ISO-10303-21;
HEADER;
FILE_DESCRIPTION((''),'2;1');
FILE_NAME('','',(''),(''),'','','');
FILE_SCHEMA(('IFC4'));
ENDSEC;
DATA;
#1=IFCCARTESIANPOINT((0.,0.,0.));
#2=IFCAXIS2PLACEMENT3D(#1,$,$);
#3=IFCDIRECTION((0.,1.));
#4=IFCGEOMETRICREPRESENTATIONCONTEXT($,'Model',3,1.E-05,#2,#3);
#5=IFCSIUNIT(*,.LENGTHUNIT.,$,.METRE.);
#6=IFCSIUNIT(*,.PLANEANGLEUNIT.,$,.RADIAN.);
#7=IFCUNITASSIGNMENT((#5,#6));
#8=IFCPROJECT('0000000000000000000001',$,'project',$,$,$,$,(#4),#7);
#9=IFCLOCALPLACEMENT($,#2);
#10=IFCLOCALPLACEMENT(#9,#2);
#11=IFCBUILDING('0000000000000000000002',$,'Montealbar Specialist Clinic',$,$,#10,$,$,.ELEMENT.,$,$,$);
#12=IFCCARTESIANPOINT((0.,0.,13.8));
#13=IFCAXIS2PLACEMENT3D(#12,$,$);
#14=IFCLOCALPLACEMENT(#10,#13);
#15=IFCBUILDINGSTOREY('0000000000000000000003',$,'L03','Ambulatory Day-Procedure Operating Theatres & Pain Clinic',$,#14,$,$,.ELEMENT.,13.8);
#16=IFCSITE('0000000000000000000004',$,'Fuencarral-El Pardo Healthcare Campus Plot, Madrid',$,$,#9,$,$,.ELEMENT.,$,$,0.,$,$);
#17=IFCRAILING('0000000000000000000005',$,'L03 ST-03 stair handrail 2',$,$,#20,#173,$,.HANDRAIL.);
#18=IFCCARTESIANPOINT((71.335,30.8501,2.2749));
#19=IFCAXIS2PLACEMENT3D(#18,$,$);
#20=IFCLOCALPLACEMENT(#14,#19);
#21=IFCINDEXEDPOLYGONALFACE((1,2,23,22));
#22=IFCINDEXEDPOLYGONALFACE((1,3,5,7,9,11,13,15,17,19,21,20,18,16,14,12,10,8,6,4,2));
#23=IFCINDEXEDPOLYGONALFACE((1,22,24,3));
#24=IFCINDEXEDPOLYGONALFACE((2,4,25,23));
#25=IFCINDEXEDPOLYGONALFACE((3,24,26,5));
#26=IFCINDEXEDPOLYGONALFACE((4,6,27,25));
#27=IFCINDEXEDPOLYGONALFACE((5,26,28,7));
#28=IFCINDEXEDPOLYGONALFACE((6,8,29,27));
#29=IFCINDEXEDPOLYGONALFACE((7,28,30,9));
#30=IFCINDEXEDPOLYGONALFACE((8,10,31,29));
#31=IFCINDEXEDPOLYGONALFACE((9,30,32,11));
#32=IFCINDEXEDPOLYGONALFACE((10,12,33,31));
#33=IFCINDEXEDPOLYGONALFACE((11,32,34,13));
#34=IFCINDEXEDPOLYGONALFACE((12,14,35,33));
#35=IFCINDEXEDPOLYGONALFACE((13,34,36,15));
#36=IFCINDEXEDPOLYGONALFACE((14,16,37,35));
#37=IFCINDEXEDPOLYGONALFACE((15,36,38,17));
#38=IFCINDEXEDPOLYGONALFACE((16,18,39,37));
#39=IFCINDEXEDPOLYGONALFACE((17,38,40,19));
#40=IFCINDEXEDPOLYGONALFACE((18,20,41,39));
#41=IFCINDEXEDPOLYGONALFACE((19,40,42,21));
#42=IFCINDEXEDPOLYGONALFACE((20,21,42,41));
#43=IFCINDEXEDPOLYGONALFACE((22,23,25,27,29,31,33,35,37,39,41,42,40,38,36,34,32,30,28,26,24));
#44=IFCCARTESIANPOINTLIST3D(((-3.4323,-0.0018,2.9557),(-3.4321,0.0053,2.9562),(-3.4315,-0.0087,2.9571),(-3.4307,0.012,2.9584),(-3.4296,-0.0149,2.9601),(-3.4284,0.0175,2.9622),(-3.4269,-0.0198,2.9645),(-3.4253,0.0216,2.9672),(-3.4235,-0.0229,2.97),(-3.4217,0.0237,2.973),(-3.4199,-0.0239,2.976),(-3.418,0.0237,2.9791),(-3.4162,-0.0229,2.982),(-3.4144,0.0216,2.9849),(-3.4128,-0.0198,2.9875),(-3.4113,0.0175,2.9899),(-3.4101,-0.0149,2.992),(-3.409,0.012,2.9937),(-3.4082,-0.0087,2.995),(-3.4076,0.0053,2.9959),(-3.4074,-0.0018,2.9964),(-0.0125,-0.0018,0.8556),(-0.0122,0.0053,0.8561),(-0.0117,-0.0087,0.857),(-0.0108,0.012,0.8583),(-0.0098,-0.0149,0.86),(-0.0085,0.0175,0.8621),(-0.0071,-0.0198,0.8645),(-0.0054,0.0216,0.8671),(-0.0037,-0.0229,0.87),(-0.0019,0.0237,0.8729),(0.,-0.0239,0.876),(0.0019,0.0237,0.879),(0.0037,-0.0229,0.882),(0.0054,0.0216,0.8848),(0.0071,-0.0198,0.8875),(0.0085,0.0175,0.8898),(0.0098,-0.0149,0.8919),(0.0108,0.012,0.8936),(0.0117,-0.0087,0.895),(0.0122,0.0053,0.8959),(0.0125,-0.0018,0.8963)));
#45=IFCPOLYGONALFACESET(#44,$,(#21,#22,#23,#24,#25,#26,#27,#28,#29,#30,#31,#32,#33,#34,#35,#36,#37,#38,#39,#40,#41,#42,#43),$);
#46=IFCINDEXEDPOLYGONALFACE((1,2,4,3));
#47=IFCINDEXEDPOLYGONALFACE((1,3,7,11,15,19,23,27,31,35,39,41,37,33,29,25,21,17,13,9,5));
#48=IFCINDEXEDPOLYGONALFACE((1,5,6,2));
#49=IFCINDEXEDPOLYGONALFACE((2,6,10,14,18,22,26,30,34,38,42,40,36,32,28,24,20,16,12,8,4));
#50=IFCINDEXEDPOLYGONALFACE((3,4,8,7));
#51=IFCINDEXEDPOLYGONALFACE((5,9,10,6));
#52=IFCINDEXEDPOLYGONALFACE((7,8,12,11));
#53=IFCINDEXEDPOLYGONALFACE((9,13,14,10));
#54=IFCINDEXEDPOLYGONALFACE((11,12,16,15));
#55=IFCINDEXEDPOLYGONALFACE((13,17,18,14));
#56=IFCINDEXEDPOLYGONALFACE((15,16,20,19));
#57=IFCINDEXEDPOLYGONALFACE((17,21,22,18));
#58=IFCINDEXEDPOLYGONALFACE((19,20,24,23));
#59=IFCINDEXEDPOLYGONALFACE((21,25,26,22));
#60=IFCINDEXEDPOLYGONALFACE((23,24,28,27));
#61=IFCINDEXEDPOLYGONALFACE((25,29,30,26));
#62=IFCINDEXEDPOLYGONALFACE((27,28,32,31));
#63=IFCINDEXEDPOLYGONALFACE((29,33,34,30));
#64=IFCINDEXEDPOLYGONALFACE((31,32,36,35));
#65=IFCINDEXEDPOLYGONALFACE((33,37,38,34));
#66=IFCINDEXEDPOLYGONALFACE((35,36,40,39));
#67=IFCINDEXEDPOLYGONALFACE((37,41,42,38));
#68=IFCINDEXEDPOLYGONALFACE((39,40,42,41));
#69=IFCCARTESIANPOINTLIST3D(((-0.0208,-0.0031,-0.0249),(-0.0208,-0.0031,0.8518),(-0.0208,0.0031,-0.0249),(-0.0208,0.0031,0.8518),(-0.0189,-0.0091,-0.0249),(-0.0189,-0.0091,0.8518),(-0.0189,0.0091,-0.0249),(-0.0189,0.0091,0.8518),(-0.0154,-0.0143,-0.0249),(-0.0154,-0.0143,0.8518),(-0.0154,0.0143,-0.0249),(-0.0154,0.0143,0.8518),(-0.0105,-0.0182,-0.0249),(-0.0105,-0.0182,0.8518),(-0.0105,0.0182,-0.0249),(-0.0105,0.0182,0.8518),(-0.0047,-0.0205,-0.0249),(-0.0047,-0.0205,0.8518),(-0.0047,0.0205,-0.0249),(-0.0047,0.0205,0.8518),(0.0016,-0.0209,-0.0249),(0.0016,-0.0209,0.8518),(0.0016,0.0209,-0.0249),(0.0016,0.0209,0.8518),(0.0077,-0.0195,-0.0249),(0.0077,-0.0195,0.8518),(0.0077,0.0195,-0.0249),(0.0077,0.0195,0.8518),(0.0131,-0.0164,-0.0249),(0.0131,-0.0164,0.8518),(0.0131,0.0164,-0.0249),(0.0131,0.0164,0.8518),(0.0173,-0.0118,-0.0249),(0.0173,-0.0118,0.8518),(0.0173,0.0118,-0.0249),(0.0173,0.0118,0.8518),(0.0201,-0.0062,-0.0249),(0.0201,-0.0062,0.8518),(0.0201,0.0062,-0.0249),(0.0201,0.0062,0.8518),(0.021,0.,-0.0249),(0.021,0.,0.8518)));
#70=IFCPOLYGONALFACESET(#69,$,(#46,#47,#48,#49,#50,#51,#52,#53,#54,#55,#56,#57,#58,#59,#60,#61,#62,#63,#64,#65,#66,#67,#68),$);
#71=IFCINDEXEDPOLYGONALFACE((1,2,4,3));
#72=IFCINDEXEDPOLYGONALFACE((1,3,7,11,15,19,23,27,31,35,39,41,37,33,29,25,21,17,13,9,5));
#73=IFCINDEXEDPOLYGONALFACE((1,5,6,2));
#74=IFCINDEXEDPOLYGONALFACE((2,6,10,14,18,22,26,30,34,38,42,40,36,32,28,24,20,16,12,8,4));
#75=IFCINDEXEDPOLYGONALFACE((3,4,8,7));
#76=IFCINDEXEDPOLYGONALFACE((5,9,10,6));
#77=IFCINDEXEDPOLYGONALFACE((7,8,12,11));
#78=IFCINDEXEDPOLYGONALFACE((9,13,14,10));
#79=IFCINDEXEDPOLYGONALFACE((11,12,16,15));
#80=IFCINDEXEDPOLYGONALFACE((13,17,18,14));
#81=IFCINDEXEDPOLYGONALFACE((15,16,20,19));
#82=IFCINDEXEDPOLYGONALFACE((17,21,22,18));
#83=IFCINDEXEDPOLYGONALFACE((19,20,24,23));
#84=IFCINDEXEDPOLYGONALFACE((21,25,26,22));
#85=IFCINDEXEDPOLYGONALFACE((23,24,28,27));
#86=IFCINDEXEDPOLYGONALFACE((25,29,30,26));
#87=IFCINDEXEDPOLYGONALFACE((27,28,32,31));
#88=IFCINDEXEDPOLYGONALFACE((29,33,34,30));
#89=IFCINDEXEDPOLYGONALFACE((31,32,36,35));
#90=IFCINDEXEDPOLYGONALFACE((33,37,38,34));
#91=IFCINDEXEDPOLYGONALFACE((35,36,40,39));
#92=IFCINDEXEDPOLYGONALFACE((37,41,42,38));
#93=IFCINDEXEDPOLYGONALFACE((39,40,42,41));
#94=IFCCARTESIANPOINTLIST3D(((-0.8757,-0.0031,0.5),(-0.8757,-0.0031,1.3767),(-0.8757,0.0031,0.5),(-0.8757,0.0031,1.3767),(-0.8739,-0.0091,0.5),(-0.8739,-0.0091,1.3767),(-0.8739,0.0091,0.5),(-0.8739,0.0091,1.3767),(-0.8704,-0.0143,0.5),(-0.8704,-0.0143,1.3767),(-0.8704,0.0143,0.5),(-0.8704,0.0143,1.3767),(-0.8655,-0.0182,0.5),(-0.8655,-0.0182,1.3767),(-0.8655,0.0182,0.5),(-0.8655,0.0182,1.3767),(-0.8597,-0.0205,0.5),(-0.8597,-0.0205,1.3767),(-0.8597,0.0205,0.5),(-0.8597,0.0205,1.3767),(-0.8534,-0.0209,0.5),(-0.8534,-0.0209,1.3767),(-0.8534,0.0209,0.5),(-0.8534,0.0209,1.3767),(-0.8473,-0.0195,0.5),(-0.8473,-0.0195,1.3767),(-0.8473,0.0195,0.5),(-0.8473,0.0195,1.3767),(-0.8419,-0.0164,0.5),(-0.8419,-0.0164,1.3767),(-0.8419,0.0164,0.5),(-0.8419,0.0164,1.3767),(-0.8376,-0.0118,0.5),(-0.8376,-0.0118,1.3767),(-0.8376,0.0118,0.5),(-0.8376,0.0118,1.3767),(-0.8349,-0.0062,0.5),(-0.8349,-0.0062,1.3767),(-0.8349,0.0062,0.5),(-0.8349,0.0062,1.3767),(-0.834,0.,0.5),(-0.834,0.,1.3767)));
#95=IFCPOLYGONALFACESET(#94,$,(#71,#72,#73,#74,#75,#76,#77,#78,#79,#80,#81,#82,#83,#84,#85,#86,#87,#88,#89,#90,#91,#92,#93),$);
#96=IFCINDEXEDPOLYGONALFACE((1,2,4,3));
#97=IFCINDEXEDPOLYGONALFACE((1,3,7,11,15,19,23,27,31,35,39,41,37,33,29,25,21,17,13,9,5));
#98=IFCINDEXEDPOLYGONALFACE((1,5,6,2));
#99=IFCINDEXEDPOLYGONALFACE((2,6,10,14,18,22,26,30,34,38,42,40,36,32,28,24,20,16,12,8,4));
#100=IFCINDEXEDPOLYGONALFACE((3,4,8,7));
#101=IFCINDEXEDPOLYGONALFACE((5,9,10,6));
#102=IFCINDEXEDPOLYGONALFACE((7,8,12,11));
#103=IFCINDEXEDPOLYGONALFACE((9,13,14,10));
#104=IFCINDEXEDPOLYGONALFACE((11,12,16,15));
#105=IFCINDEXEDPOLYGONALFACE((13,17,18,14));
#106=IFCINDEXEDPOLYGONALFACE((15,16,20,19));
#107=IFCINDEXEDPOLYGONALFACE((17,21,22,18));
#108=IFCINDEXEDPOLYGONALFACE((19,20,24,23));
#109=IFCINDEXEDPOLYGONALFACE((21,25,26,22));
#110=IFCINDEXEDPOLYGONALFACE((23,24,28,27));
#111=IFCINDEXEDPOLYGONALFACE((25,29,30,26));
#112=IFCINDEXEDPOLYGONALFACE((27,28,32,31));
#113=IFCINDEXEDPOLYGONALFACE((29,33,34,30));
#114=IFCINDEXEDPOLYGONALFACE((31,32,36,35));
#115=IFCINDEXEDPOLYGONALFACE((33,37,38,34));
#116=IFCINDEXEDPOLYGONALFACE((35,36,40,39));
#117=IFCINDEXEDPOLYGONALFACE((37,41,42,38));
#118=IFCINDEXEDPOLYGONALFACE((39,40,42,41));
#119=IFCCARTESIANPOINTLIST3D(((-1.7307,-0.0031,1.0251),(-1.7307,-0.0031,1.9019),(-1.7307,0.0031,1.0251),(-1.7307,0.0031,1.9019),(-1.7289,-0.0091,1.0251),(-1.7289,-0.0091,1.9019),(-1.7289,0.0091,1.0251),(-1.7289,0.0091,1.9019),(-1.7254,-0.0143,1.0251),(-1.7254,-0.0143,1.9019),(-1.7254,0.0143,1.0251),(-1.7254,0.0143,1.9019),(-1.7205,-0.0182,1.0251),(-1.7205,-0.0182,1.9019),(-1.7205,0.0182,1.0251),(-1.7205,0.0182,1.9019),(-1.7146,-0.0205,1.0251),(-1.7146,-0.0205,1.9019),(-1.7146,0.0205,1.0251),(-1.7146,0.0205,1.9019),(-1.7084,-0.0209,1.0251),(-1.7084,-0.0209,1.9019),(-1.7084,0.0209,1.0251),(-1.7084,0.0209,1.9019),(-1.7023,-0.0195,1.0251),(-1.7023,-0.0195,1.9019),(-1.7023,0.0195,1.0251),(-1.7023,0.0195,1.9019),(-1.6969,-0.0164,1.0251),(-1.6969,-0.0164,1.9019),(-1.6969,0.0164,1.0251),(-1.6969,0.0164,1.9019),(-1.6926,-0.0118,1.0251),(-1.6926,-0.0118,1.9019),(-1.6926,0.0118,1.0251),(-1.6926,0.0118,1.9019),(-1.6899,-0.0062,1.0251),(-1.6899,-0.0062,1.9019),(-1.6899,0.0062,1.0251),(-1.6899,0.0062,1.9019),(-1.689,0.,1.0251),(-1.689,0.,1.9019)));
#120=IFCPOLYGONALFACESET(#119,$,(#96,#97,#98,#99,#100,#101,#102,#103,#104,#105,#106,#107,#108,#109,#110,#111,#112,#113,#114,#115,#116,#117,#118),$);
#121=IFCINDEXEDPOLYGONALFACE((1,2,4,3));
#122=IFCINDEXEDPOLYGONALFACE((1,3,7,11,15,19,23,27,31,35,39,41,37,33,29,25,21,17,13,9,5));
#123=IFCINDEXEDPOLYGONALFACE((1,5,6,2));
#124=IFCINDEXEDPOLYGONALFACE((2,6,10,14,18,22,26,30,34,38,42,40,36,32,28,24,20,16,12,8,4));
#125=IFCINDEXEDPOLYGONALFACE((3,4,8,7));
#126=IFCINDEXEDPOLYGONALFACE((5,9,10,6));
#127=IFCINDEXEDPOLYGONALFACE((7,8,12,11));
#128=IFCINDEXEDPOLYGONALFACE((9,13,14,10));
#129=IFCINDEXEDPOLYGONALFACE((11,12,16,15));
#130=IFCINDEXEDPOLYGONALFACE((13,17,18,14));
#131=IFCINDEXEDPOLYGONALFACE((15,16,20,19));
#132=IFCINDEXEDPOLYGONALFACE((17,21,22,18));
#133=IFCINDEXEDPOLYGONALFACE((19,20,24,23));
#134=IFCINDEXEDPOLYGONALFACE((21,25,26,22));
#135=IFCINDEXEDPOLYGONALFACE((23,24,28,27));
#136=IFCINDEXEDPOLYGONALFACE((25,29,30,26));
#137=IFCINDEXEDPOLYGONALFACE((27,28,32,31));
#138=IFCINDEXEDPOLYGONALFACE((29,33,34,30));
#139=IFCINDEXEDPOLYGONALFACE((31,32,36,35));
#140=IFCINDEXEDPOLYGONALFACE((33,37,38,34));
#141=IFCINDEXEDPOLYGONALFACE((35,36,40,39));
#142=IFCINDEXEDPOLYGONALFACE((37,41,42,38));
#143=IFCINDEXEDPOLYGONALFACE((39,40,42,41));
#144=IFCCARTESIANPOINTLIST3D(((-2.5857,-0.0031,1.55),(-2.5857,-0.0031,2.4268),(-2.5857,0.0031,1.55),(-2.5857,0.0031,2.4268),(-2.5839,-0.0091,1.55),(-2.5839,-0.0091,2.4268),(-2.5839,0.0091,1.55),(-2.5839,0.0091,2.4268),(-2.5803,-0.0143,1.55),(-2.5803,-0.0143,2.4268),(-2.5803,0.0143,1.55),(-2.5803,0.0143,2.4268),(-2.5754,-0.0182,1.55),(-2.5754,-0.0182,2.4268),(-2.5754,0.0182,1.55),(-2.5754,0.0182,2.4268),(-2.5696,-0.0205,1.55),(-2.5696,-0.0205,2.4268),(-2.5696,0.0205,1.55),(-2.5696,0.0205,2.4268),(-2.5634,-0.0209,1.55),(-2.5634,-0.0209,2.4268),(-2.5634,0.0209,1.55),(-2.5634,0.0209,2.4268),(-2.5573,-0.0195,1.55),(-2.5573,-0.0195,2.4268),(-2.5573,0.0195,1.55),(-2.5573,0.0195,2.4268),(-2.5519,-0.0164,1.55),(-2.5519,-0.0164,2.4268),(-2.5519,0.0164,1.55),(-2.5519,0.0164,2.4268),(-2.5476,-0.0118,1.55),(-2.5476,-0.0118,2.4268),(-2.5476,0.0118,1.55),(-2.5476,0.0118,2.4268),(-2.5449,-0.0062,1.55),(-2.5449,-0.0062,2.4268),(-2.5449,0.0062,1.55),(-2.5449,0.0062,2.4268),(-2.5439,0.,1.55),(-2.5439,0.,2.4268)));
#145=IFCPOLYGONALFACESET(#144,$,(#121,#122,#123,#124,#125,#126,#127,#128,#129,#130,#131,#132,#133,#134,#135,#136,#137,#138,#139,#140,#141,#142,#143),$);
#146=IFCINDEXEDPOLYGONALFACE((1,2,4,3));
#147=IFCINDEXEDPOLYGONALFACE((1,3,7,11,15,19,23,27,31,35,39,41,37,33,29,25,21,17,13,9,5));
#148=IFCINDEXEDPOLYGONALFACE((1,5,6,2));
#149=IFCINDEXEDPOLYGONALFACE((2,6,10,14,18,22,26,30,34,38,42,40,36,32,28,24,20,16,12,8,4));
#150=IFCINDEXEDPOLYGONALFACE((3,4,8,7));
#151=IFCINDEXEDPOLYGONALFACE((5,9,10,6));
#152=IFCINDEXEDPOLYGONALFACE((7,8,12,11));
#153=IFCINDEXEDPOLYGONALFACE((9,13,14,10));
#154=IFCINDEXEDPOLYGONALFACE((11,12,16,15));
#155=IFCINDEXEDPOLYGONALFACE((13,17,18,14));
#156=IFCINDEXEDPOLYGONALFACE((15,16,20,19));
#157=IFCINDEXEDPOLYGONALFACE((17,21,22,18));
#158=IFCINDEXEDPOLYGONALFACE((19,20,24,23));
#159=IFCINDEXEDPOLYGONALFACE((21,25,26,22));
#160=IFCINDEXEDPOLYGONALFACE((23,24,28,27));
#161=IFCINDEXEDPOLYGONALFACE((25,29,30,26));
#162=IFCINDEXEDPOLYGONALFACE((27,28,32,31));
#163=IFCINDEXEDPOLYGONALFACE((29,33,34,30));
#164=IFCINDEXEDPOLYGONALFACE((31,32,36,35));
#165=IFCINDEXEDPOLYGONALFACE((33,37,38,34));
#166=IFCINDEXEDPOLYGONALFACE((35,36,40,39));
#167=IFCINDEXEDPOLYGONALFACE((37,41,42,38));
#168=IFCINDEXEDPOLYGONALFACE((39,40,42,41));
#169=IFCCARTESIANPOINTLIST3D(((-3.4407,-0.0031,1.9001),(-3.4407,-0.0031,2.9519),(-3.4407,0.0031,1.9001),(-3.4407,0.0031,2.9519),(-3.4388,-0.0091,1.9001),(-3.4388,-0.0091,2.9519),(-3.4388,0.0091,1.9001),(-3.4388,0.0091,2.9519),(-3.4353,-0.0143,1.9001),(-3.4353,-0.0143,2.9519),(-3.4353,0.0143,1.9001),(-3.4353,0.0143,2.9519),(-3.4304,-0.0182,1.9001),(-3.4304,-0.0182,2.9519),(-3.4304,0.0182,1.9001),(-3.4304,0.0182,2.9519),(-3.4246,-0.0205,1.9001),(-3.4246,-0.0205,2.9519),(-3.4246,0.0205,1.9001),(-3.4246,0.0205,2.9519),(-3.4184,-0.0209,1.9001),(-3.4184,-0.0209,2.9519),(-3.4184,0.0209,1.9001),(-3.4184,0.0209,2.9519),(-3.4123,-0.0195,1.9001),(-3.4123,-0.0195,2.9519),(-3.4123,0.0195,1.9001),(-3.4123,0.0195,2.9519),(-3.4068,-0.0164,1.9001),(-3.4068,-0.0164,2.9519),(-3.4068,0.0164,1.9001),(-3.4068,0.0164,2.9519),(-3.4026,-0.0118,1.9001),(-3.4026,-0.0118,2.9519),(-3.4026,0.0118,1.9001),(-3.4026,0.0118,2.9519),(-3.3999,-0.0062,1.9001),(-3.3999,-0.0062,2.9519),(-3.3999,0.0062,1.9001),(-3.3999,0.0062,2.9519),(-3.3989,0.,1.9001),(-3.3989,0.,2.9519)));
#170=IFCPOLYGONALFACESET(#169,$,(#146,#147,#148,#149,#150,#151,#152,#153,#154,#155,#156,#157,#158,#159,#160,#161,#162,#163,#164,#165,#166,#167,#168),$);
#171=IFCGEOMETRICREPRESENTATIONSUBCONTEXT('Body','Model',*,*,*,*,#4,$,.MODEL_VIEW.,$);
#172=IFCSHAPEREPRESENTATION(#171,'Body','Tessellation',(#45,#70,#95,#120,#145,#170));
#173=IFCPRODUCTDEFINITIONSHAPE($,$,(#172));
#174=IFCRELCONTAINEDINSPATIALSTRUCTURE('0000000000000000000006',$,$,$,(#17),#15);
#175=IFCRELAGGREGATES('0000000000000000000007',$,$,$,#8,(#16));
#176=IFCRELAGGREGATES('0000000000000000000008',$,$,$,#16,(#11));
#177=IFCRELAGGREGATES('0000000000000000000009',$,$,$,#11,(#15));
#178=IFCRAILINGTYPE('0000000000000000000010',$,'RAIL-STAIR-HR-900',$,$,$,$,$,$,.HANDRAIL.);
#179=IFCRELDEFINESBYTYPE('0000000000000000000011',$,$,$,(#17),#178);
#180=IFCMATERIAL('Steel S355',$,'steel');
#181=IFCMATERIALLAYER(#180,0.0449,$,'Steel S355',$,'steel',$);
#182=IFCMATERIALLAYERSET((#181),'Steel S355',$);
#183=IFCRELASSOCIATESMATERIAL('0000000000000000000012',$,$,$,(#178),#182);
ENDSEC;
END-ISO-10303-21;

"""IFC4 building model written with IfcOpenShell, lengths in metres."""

from ifc_helpers import new_model, si_unit, direction, frame, origin, origin_2d, place, context, subcontext, project, spatial, circle, extrude, material, layer, layer_set, type_object, element, save


model = new_model("IFC4")

# Units and contexts
model_context = context("Model", 3, precision=1e-05, world=origin(), true_north=direction((0.0, 1.0)))
body_context = subcontext(model_context, "Body", "Model", "MODEL_VIEW")
ifc_project = project(units=[si_unit("LENGTHUNIT", "METRE"), si_unit("PLANEANGLEUNIT", "RADIAN")], contexts=[model_context])

# Site, building, storey
site_placement = place(None, origin())
site = spatial("IfcSite", under=ifc_project, at=site_placement, Name="Fuencarral-El Pardo Healthcare Campus Plot, Madrid", CompositionType="ELEMENT", RefElevation=0.0)
building_placement = place(site_placement, origin())
building = spatial("IfcBuilding", under=site, at=building_placement, Name="Montealbar Specialist Clinic", CompositionType="ELEMENT")
storey_placement = place(building_placement, frame((0.0, 0.0, 13.8)))
storey = spatial("IfcBuildingStorey", under=building, at=storey_placement, Name="L03", Description="Ambulatory Day-Procedure Operating Theatres & Pain Clinic", CompositionType="ELEMENT", Elevation=13.8)

# Shared definitions
ifc_material_1 = material(Name="Steel S355", Category="steel")

# Railing
ifc_layer_1 = layer(ifc_material_1, 0.0449, Name="Steel S355", Category="steel")
ifc_layer_set_1 = layer_set([ifc_layer_1], Name="Steel S355")
railing_type = type_object("IfcRailingType", Name="RAIL-STAIR-HR-900", PredefinedType="HANDRAIL", material=ifc_layer_set_1)
railing_placement = place(storey_placement, frame((71.335, 30.8501, 2.2749)))
element("IfcRailing", 1, at=railing_placement, inside=storey, type_object=railing_type, Name="L03 ST-03 stair handrail 2", PredefinedType="HANDRAIL", context=body_context, shape_type="SweptSolid", body=[
    extrude(circle(Radius=0.0239, at=origin_2d()), frame((0.0, 0.0, 0.876), z_axis=(-0.852155, 0.0, 0.523289), x_axis=(0.0, -1.0, 0.0)), (0.0, 0.0, 1.0), 4.0132),
    extrude(circle(Radius=0.021, at=origin_2d()), frame((0.0, 0.0, -0.0249)), (0.0, 0.0, 1.0), 0.8767),
    extrude(circle(Radius=0.021, at=origin_2d()), frame((-0.855, 0.0, 0.5)), (0.0, 0.0, 1.0), 0.8767),
    extrude(circle(Radius=0.021, at=origin_2d()), frame((-1.71, 0.0, 1.0251)), (0.0, 0.0, 1.0), 0.8767),
    extrude(circle(Radius=0.021, at=origin_2d()), frame((-2.5649, 0.0, 1.55)), (0.0, 0.0, 1.0), 0.8767),
    extrude(circle(Radius=0.021, at=origin_2d()), frame((-3.4199, 0.0, 1.9001)), (0.0, 0.0, 1.0), 1.0518),
])

save(model, "model.ifc")
